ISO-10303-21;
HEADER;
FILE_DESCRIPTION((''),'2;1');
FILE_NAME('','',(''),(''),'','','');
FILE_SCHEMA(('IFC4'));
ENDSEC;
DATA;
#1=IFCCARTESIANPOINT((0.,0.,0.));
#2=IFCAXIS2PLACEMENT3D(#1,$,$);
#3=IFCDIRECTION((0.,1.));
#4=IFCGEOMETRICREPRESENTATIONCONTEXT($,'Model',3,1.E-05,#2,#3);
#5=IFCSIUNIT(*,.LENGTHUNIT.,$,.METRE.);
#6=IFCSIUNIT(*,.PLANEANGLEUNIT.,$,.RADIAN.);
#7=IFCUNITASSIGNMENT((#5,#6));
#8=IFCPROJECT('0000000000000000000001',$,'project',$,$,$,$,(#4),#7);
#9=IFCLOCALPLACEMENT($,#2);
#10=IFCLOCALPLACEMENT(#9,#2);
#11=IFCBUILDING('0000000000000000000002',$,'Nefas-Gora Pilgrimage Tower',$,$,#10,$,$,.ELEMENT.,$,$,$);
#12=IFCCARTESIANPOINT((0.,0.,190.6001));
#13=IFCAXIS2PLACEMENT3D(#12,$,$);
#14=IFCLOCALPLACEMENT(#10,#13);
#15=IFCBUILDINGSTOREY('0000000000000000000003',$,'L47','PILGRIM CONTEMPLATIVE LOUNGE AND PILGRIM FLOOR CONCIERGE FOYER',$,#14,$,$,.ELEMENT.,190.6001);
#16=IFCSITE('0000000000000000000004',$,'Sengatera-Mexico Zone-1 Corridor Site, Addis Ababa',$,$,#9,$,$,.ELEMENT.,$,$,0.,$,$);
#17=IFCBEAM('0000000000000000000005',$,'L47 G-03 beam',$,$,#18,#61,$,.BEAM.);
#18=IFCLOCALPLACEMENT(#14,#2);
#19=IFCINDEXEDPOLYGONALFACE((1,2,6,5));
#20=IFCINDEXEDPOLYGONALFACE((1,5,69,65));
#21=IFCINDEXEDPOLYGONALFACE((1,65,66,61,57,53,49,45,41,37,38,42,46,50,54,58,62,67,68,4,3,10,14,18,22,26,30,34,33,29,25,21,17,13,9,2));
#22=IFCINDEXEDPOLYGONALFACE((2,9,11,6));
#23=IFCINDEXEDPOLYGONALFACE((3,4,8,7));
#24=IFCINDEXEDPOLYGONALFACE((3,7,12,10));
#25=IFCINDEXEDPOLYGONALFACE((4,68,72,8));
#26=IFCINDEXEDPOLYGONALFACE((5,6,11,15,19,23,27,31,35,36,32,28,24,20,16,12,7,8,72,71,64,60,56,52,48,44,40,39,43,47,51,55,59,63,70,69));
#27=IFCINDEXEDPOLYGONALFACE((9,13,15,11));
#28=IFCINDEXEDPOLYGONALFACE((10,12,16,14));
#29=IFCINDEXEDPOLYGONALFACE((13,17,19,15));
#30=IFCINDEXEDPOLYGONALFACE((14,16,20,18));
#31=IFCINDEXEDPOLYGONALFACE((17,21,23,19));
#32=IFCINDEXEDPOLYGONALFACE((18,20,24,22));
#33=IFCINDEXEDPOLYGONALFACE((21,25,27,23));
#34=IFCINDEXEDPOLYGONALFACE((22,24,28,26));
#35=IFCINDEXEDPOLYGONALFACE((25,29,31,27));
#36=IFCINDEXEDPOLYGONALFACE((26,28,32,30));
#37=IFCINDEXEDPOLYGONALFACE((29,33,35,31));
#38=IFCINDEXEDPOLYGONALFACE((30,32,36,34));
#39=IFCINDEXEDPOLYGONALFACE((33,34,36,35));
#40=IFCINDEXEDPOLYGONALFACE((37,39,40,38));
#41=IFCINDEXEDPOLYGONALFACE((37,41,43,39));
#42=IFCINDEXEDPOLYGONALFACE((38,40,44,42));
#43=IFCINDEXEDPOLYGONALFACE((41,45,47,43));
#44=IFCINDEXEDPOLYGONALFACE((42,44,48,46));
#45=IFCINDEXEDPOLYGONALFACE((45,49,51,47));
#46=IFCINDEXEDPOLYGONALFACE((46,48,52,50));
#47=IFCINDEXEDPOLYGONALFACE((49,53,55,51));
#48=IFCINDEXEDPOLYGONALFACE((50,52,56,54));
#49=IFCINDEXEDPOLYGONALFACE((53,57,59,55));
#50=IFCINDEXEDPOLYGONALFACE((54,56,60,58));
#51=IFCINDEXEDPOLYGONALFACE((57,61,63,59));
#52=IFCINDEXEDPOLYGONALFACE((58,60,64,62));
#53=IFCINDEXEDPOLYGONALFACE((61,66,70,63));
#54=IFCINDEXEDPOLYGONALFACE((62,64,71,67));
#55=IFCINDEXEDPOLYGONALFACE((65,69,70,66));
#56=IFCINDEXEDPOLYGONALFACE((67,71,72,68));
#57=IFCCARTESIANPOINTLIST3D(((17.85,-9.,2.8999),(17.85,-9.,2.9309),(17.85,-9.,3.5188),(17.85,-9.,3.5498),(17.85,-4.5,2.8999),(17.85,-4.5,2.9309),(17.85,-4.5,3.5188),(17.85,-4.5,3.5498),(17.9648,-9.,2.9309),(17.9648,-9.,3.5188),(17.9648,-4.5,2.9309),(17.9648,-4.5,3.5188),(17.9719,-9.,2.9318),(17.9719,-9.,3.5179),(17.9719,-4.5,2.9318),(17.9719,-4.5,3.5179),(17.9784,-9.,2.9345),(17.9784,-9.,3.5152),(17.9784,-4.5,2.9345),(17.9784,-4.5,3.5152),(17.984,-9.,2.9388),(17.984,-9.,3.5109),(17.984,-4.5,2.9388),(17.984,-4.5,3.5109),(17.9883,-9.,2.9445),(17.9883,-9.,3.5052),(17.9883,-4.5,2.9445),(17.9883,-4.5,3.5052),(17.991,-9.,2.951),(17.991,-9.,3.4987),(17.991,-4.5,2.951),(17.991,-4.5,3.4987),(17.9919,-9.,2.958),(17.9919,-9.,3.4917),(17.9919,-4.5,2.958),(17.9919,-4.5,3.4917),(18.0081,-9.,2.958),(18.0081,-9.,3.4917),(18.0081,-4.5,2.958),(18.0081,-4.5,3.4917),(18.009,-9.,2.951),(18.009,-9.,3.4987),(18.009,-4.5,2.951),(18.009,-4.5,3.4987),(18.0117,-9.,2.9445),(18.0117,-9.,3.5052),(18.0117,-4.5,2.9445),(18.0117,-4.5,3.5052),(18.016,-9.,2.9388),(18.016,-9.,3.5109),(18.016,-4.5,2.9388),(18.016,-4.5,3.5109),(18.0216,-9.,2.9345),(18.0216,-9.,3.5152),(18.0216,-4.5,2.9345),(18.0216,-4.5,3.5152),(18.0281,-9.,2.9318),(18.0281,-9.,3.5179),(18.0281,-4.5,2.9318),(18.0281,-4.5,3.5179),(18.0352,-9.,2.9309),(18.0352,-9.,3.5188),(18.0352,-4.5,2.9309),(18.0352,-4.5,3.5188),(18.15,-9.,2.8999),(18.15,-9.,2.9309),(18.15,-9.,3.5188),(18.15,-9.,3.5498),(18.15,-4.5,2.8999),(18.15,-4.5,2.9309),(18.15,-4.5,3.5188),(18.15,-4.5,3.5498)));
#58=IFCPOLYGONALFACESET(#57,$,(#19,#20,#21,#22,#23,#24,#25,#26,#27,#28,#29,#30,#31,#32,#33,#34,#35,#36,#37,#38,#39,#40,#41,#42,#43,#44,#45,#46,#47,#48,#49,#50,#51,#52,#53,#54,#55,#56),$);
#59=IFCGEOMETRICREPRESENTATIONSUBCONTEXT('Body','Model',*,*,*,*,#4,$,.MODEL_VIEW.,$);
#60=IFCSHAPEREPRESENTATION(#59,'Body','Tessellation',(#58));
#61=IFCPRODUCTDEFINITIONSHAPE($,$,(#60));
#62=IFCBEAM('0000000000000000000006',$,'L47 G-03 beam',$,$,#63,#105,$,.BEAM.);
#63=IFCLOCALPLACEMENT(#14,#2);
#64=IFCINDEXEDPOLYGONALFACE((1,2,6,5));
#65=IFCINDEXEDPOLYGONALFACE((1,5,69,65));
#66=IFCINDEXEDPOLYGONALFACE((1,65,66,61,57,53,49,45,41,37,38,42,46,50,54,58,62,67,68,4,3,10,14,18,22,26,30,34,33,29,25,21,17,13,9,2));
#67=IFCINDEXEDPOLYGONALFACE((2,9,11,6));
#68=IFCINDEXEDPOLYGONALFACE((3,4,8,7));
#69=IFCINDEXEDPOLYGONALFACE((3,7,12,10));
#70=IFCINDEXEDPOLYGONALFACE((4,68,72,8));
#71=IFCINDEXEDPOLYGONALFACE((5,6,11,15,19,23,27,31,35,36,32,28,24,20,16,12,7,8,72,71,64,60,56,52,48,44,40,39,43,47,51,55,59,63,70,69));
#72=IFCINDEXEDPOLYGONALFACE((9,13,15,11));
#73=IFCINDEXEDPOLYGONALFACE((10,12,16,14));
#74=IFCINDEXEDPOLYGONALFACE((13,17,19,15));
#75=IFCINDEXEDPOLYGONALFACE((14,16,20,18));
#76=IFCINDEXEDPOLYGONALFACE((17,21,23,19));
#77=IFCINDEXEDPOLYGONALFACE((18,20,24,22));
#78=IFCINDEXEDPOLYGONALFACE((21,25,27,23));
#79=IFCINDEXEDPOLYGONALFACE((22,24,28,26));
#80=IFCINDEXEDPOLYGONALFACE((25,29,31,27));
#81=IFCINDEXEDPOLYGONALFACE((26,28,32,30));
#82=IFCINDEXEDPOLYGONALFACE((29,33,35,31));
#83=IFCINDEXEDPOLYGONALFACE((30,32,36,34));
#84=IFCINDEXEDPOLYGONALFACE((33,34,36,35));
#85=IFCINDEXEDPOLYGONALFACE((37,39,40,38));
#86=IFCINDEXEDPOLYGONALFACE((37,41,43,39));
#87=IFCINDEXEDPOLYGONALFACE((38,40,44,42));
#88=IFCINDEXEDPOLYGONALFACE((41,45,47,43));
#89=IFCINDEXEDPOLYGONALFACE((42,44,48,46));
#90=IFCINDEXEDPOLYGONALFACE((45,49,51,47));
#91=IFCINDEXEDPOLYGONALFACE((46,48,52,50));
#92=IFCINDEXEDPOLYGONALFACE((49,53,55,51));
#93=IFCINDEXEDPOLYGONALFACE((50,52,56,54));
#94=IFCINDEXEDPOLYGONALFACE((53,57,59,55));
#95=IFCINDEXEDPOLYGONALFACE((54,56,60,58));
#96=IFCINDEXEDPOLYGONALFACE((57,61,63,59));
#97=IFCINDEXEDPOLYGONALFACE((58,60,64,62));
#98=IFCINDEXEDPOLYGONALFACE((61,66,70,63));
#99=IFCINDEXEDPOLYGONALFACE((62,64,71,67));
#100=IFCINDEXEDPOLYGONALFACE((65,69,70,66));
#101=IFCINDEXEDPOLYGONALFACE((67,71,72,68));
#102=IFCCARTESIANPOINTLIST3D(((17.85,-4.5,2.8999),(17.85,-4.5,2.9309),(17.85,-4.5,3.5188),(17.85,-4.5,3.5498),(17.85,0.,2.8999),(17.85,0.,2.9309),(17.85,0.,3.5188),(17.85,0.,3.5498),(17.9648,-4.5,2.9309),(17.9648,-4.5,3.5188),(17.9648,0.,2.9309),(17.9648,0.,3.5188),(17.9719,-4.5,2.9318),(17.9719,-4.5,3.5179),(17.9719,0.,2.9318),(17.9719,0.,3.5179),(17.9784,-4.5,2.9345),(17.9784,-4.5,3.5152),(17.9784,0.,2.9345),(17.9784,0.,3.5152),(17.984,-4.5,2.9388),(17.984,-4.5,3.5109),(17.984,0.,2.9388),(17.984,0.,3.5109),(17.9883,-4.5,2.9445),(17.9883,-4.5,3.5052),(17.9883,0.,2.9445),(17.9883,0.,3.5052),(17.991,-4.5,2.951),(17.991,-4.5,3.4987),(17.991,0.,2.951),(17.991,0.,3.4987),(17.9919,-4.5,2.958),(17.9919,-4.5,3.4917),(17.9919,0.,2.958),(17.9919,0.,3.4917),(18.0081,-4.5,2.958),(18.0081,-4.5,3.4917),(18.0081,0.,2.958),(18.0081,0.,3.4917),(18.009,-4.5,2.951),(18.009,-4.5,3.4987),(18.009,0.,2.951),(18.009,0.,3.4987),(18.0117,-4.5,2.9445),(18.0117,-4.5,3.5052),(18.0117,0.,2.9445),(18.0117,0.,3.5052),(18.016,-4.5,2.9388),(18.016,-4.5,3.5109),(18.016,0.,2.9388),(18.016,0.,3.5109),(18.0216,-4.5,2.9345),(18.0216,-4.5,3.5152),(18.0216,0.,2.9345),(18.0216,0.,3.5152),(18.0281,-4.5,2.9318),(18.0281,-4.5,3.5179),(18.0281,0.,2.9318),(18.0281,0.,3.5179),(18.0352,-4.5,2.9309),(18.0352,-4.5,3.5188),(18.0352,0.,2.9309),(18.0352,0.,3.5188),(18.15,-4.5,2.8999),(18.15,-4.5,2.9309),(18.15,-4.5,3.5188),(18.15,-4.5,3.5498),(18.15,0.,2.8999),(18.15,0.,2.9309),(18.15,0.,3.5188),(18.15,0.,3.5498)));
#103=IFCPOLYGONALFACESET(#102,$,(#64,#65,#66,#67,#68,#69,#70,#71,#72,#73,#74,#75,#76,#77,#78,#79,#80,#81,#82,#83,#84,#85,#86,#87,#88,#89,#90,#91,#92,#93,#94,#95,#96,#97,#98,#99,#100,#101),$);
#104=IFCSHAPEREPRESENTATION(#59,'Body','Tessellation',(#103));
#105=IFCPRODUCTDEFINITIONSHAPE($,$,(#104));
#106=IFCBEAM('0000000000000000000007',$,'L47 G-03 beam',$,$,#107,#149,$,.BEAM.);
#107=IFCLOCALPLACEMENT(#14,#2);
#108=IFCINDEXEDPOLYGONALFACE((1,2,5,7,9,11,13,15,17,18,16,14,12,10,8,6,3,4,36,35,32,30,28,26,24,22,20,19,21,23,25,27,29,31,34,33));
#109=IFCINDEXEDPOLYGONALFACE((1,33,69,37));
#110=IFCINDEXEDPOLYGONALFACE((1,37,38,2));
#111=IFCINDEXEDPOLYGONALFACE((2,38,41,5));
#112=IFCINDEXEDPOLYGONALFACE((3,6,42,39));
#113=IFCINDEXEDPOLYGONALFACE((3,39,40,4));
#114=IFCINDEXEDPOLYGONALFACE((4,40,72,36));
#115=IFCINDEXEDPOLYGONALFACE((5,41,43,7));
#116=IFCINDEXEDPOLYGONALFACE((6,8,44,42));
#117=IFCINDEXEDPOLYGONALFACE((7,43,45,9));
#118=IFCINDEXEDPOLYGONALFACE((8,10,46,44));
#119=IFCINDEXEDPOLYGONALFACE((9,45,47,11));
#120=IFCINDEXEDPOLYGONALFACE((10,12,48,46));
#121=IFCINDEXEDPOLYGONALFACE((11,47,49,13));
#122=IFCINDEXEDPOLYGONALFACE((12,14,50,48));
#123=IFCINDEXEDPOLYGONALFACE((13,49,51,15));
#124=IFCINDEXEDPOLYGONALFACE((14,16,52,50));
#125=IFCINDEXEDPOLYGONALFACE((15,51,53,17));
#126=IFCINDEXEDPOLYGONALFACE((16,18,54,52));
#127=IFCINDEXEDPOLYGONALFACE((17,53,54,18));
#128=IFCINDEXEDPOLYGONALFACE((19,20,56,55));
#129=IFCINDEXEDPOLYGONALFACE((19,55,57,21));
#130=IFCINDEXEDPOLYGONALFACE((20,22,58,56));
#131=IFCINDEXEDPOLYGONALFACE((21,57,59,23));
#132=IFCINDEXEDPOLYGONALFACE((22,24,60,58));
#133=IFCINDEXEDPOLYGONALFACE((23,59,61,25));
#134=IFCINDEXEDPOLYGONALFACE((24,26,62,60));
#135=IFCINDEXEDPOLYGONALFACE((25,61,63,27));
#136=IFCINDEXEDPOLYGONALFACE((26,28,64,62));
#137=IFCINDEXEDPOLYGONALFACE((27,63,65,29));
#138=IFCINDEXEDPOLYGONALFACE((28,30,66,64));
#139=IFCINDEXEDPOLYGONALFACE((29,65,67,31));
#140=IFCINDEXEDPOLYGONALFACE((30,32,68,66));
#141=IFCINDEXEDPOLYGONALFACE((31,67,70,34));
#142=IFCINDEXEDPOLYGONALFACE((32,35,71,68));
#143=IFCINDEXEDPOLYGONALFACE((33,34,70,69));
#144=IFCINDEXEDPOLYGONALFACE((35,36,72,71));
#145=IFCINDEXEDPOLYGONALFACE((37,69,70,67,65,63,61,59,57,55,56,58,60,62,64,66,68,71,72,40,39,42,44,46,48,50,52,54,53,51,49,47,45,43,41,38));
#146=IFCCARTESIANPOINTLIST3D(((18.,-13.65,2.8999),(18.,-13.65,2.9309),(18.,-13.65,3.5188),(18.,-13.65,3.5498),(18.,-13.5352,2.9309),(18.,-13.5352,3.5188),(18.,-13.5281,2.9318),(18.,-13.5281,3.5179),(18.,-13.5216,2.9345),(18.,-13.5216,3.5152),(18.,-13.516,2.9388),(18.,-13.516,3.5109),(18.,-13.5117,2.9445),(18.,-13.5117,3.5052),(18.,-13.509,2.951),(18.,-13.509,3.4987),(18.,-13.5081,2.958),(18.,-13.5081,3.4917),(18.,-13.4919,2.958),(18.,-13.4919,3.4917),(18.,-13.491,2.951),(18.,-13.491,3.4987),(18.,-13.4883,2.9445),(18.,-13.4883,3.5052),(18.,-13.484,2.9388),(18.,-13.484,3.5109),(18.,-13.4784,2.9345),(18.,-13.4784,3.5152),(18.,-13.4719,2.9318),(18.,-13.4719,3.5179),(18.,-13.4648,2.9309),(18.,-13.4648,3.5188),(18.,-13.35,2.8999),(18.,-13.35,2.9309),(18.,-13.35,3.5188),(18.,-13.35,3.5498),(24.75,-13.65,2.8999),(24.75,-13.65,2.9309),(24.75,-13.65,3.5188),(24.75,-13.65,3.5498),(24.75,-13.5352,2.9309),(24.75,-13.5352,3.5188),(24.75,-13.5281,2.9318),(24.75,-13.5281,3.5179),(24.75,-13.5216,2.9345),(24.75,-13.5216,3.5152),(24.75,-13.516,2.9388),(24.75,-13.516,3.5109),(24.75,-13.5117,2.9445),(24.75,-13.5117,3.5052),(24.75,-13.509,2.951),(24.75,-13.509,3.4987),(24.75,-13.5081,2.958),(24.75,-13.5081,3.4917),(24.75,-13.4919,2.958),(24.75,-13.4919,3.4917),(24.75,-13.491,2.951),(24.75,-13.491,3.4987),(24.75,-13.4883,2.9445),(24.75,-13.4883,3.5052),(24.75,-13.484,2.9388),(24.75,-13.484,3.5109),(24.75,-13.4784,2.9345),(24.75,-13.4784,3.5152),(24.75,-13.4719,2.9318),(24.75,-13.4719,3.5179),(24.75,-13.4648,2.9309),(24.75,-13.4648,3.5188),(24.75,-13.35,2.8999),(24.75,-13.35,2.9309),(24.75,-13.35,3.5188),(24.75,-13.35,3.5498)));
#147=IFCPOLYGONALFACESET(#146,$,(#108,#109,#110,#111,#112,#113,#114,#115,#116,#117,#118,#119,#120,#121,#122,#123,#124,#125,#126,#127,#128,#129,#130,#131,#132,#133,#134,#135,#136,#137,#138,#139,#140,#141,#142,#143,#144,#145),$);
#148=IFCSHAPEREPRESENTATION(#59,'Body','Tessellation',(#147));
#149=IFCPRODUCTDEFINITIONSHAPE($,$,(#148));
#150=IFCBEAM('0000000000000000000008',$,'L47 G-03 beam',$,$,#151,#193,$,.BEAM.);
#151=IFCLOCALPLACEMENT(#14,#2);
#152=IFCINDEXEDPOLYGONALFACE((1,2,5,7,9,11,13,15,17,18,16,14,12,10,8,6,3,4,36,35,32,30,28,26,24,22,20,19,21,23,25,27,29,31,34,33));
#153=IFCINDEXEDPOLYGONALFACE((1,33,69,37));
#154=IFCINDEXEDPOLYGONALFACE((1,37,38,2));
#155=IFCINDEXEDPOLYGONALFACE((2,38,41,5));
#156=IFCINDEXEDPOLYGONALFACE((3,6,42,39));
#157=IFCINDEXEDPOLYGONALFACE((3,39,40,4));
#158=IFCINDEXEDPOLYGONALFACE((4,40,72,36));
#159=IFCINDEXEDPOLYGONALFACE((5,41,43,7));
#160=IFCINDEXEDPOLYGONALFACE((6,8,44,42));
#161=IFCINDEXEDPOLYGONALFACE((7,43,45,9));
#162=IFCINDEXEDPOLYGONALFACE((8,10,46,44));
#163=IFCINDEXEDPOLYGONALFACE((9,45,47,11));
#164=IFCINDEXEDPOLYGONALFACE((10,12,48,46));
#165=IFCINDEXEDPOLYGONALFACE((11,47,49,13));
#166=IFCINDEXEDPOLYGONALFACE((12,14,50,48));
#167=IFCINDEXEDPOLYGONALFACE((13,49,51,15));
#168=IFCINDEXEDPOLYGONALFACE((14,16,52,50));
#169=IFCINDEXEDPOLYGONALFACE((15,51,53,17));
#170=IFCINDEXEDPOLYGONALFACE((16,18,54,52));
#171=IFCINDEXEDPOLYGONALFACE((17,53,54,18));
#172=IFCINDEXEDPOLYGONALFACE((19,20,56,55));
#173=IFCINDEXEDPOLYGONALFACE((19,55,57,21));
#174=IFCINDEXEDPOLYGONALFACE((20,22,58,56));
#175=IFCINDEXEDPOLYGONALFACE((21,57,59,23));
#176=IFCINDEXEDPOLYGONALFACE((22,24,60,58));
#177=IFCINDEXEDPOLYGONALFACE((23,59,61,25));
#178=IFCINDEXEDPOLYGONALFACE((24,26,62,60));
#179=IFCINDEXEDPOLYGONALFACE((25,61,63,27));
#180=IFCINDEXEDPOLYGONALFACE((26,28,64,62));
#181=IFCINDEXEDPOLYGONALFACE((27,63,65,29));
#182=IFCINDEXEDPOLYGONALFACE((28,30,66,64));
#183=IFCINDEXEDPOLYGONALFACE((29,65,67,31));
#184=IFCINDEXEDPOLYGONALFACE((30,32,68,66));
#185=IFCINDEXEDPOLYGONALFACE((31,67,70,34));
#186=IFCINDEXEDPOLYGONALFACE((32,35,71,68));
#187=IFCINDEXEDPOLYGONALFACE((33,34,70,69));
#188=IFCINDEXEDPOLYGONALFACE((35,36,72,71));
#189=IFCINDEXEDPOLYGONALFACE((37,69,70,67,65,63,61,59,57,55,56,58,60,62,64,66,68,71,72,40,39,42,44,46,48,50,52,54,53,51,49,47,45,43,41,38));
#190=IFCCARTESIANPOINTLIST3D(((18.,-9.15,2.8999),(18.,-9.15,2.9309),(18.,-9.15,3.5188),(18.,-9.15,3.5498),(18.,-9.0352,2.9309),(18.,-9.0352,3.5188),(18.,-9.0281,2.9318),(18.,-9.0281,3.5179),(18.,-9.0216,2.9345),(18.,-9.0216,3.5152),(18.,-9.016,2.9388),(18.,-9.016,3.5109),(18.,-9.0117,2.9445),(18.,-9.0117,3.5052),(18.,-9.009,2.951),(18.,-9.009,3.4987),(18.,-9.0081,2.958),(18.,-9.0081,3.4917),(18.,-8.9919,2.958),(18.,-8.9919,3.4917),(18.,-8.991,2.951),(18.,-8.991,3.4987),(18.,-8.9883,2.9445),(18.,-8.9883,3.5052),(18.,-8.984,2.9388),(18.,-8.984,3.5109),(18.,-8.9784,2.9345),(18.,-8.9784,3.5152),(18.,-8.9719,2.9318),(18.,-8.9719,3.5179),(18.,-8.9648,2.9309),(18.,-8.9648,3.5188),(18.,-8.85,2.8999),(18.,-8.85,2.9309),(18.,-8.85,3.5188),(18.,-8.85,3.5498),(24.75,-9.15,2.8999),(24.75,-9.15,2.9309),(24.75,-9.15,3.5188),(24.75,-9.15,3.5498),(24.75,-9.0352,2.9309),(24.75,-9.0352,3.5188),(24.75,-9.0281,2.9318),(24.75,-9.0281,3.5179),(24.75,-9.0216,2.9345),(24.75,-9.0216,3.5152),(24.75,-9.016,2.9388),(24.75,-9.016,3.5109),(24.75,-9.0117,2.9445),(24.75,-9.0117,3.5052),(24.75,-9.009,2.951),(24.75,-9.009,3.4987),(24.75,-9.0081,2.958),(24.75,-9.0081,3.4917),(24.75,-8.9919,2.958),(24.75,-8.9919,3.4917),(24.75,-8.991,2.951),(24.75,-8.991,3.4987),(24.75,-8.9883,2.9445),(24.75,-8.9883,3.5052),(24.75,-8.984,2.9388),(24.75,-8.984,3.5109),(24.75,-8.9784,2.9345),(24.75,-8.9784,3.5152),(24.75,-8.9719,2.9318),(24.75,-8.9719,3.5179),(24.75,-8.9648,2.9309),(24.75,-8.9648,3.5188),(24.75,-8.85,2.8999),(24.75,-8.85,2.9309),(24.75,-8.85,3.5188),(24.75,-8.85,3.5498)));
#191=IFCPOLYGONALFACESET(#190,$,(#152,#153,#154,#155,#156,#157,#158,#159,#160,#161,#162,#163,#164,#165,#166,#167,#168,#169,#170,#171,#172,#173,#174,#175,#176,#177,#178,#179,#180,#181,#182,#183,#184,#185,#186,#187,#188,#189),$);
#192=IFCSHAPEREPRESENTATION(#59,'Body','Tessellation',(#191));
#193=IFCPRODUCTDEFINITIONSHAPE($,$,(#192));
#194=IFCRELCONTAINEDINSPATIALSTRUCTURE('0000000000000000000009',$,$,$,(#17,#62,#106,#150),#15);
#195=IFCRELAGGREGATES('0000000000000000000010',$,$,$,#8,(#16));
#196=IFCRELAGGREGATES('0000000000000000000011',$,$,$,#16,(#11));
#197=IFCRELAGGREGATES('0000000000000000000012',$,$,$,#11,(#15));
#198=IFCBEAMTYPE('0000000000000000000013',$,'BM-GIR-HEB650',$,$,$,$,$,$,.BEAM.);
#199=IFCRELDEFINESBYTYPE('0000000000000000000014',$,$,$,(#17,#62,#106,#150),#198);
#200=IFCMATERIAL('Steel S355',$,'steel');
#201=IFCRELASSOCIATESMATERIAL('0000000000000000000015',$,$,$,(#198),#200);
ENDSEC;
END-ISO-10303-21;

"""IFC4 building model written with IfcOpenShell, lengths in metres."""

from ifc_helpers import new_model, si_unit, direction, frame, origin, origin_2d, place, context, subcontext, project, spatial, i_section, extrude, source, transform, mapped, material, material_profile, profile_set, type_object, element, save


model = new_model("IFC4")

# Units and contexts
model_context = context("Model", 3, precision=1e-05, world=origin(), true_north=direction((0.0, 1.0)))
body_context = subcontext(model_context, "Body", "Model", "MODEL_VIEW")
ifc_project = project(units=[si_unit("LENGTHUNIT", "METRE"), si_unit("PLANEANGLEUNIT", "RADIAN")], contexts=[model_context])

# Site, building, storey
site_placement = place(None, origin())
site = spatial("IfcSite", under=ifc_project, at=site_placement, Name="Sengatera-Mexico Zone-1 Corridor Site, Addis Ababa", CompositionType="ELEMENT", RefElevation=0.0)
building_placement = place(site_placement, origin())
building = spatial("IfcBuilding", under=site, at=building_placement, Name="Nefas-Gora Pilgrimage Tower", CompositionType="ELEMENT")
storey_placement = place(building_placement, frame((0.0, 0.0, 190.6001)))
storey = spatial("IfcBuildingStorey", under=building, at=storey_placement, Name="L47", Description="PILGRIM CONTEMPLATIVE LOUNGE AND PILGRIM FLOOR CONCIERGE FOYER", CompositionType="ELEMENT", Elevation=190.6001)

# Beams
ifc_material_1 = material(Name="Steel S355", Category="steel")
ifc_material_profile_1 = material_profile(ifc_material_1, i_section(OverallWidth=0.3, OverallDepth=0.6499, WebThickness=0.0161, FlangeThickness=0.031, FilletRadius=0.0271, at=origin_2d()), Name="HEB 650")
ifc_profile_set_1 = profile_set([ifc_material_profile_1], Name="Steel S355")
beam_type_1 = type_object("IfcBeamType", Name="BM-GIR-HEB650", PredefinedType="BEAM", material=ifc_profile_set_1)
shared_shape_1 = source(origin(), body_context, "Body", "SweptSolid", [
    extrude(i_section(OverallWidth=0.3, OverallDepth=0.6499, WebThickness=0.0161, FlangeThickness=0.031, FilletRadius=0.0271, at=origin_2d()), origin(), (0.0, 0.0, 1.0), 4.5),
])
for number, where, z_axis, x_axis, name in (
    (1, (18.0, -9.0, 3.2249), (0.0, 1.0, 0.0), (-1.0, 0.0, 0.0), "L47 G-03 beam"),
    (2, (18.0, -4.5, 3.2249), (0.0, 1.0, 0.0), (-1.0, 0.0, 0.0), "L47 G-03 beam"),
):
    element("IfcBeam", number, at=place(storey_placement, frame(where, z_axis=z_axis, x_axis=x_axis)), inside=storey, type_object=beam_type_1, Name=name, PredefinedType="BEAM", context=body_context, shape_type="MappedRepresentation", body=[
        mapped(shared_shape_1, transform((0.0, 0.0, 0.0), x_axis=(1.0, 0.0, 0.0), y_axis=(0.0, 1.0, 0.0), z_axis=(0.0, 0.0, 1.0), scale=1.0)),
    ])
shared_shape_2 = source(origin(), body_context, "Body", "SweptSolid", [
    extrude(i_section(OverallWidth=0.3, OverallDepth=0.6499, WebThickness=0.0161, FlangeThickness=0.031, FilletRadius=0.0271, at=origin_2d()), origin(), (0.0, 0.0, 1.0), 6.75),
])
for number, where, z_axis, x_axis, name in (
    (3, (18.0, -13.5, 3.2249), (1.0, 0.0, 0.0), (0.0, 1.0, 0.0), "L47 G-03 beam"),
    (4, (18.0, -9.0, 3.2249), (1.0, 0.0, 0.0), (0.0, 1.0, 0.0), "L47 G-03 beam"),
):
    element("IfcBeam", number, at=place(storey_placement, frame(where, z_axis=z_axis, x_axis=x_axis)), inside=storey, type_object=beam_type_1, Name=name, PredefinedType="BEAM", context=body_context, shape_type="MappedRepresentation", body=[
        mapped(shared_shape_2, transform((0.0, 0.0, 0.0), x_axis=(1.0, 0.0, 0.0), y_axis=(0.0, 1.0, 0.0), z_axis=(0.0, 0.0, 1.0), scale=1.0)),
    ])

save(model, "model.ifc")
